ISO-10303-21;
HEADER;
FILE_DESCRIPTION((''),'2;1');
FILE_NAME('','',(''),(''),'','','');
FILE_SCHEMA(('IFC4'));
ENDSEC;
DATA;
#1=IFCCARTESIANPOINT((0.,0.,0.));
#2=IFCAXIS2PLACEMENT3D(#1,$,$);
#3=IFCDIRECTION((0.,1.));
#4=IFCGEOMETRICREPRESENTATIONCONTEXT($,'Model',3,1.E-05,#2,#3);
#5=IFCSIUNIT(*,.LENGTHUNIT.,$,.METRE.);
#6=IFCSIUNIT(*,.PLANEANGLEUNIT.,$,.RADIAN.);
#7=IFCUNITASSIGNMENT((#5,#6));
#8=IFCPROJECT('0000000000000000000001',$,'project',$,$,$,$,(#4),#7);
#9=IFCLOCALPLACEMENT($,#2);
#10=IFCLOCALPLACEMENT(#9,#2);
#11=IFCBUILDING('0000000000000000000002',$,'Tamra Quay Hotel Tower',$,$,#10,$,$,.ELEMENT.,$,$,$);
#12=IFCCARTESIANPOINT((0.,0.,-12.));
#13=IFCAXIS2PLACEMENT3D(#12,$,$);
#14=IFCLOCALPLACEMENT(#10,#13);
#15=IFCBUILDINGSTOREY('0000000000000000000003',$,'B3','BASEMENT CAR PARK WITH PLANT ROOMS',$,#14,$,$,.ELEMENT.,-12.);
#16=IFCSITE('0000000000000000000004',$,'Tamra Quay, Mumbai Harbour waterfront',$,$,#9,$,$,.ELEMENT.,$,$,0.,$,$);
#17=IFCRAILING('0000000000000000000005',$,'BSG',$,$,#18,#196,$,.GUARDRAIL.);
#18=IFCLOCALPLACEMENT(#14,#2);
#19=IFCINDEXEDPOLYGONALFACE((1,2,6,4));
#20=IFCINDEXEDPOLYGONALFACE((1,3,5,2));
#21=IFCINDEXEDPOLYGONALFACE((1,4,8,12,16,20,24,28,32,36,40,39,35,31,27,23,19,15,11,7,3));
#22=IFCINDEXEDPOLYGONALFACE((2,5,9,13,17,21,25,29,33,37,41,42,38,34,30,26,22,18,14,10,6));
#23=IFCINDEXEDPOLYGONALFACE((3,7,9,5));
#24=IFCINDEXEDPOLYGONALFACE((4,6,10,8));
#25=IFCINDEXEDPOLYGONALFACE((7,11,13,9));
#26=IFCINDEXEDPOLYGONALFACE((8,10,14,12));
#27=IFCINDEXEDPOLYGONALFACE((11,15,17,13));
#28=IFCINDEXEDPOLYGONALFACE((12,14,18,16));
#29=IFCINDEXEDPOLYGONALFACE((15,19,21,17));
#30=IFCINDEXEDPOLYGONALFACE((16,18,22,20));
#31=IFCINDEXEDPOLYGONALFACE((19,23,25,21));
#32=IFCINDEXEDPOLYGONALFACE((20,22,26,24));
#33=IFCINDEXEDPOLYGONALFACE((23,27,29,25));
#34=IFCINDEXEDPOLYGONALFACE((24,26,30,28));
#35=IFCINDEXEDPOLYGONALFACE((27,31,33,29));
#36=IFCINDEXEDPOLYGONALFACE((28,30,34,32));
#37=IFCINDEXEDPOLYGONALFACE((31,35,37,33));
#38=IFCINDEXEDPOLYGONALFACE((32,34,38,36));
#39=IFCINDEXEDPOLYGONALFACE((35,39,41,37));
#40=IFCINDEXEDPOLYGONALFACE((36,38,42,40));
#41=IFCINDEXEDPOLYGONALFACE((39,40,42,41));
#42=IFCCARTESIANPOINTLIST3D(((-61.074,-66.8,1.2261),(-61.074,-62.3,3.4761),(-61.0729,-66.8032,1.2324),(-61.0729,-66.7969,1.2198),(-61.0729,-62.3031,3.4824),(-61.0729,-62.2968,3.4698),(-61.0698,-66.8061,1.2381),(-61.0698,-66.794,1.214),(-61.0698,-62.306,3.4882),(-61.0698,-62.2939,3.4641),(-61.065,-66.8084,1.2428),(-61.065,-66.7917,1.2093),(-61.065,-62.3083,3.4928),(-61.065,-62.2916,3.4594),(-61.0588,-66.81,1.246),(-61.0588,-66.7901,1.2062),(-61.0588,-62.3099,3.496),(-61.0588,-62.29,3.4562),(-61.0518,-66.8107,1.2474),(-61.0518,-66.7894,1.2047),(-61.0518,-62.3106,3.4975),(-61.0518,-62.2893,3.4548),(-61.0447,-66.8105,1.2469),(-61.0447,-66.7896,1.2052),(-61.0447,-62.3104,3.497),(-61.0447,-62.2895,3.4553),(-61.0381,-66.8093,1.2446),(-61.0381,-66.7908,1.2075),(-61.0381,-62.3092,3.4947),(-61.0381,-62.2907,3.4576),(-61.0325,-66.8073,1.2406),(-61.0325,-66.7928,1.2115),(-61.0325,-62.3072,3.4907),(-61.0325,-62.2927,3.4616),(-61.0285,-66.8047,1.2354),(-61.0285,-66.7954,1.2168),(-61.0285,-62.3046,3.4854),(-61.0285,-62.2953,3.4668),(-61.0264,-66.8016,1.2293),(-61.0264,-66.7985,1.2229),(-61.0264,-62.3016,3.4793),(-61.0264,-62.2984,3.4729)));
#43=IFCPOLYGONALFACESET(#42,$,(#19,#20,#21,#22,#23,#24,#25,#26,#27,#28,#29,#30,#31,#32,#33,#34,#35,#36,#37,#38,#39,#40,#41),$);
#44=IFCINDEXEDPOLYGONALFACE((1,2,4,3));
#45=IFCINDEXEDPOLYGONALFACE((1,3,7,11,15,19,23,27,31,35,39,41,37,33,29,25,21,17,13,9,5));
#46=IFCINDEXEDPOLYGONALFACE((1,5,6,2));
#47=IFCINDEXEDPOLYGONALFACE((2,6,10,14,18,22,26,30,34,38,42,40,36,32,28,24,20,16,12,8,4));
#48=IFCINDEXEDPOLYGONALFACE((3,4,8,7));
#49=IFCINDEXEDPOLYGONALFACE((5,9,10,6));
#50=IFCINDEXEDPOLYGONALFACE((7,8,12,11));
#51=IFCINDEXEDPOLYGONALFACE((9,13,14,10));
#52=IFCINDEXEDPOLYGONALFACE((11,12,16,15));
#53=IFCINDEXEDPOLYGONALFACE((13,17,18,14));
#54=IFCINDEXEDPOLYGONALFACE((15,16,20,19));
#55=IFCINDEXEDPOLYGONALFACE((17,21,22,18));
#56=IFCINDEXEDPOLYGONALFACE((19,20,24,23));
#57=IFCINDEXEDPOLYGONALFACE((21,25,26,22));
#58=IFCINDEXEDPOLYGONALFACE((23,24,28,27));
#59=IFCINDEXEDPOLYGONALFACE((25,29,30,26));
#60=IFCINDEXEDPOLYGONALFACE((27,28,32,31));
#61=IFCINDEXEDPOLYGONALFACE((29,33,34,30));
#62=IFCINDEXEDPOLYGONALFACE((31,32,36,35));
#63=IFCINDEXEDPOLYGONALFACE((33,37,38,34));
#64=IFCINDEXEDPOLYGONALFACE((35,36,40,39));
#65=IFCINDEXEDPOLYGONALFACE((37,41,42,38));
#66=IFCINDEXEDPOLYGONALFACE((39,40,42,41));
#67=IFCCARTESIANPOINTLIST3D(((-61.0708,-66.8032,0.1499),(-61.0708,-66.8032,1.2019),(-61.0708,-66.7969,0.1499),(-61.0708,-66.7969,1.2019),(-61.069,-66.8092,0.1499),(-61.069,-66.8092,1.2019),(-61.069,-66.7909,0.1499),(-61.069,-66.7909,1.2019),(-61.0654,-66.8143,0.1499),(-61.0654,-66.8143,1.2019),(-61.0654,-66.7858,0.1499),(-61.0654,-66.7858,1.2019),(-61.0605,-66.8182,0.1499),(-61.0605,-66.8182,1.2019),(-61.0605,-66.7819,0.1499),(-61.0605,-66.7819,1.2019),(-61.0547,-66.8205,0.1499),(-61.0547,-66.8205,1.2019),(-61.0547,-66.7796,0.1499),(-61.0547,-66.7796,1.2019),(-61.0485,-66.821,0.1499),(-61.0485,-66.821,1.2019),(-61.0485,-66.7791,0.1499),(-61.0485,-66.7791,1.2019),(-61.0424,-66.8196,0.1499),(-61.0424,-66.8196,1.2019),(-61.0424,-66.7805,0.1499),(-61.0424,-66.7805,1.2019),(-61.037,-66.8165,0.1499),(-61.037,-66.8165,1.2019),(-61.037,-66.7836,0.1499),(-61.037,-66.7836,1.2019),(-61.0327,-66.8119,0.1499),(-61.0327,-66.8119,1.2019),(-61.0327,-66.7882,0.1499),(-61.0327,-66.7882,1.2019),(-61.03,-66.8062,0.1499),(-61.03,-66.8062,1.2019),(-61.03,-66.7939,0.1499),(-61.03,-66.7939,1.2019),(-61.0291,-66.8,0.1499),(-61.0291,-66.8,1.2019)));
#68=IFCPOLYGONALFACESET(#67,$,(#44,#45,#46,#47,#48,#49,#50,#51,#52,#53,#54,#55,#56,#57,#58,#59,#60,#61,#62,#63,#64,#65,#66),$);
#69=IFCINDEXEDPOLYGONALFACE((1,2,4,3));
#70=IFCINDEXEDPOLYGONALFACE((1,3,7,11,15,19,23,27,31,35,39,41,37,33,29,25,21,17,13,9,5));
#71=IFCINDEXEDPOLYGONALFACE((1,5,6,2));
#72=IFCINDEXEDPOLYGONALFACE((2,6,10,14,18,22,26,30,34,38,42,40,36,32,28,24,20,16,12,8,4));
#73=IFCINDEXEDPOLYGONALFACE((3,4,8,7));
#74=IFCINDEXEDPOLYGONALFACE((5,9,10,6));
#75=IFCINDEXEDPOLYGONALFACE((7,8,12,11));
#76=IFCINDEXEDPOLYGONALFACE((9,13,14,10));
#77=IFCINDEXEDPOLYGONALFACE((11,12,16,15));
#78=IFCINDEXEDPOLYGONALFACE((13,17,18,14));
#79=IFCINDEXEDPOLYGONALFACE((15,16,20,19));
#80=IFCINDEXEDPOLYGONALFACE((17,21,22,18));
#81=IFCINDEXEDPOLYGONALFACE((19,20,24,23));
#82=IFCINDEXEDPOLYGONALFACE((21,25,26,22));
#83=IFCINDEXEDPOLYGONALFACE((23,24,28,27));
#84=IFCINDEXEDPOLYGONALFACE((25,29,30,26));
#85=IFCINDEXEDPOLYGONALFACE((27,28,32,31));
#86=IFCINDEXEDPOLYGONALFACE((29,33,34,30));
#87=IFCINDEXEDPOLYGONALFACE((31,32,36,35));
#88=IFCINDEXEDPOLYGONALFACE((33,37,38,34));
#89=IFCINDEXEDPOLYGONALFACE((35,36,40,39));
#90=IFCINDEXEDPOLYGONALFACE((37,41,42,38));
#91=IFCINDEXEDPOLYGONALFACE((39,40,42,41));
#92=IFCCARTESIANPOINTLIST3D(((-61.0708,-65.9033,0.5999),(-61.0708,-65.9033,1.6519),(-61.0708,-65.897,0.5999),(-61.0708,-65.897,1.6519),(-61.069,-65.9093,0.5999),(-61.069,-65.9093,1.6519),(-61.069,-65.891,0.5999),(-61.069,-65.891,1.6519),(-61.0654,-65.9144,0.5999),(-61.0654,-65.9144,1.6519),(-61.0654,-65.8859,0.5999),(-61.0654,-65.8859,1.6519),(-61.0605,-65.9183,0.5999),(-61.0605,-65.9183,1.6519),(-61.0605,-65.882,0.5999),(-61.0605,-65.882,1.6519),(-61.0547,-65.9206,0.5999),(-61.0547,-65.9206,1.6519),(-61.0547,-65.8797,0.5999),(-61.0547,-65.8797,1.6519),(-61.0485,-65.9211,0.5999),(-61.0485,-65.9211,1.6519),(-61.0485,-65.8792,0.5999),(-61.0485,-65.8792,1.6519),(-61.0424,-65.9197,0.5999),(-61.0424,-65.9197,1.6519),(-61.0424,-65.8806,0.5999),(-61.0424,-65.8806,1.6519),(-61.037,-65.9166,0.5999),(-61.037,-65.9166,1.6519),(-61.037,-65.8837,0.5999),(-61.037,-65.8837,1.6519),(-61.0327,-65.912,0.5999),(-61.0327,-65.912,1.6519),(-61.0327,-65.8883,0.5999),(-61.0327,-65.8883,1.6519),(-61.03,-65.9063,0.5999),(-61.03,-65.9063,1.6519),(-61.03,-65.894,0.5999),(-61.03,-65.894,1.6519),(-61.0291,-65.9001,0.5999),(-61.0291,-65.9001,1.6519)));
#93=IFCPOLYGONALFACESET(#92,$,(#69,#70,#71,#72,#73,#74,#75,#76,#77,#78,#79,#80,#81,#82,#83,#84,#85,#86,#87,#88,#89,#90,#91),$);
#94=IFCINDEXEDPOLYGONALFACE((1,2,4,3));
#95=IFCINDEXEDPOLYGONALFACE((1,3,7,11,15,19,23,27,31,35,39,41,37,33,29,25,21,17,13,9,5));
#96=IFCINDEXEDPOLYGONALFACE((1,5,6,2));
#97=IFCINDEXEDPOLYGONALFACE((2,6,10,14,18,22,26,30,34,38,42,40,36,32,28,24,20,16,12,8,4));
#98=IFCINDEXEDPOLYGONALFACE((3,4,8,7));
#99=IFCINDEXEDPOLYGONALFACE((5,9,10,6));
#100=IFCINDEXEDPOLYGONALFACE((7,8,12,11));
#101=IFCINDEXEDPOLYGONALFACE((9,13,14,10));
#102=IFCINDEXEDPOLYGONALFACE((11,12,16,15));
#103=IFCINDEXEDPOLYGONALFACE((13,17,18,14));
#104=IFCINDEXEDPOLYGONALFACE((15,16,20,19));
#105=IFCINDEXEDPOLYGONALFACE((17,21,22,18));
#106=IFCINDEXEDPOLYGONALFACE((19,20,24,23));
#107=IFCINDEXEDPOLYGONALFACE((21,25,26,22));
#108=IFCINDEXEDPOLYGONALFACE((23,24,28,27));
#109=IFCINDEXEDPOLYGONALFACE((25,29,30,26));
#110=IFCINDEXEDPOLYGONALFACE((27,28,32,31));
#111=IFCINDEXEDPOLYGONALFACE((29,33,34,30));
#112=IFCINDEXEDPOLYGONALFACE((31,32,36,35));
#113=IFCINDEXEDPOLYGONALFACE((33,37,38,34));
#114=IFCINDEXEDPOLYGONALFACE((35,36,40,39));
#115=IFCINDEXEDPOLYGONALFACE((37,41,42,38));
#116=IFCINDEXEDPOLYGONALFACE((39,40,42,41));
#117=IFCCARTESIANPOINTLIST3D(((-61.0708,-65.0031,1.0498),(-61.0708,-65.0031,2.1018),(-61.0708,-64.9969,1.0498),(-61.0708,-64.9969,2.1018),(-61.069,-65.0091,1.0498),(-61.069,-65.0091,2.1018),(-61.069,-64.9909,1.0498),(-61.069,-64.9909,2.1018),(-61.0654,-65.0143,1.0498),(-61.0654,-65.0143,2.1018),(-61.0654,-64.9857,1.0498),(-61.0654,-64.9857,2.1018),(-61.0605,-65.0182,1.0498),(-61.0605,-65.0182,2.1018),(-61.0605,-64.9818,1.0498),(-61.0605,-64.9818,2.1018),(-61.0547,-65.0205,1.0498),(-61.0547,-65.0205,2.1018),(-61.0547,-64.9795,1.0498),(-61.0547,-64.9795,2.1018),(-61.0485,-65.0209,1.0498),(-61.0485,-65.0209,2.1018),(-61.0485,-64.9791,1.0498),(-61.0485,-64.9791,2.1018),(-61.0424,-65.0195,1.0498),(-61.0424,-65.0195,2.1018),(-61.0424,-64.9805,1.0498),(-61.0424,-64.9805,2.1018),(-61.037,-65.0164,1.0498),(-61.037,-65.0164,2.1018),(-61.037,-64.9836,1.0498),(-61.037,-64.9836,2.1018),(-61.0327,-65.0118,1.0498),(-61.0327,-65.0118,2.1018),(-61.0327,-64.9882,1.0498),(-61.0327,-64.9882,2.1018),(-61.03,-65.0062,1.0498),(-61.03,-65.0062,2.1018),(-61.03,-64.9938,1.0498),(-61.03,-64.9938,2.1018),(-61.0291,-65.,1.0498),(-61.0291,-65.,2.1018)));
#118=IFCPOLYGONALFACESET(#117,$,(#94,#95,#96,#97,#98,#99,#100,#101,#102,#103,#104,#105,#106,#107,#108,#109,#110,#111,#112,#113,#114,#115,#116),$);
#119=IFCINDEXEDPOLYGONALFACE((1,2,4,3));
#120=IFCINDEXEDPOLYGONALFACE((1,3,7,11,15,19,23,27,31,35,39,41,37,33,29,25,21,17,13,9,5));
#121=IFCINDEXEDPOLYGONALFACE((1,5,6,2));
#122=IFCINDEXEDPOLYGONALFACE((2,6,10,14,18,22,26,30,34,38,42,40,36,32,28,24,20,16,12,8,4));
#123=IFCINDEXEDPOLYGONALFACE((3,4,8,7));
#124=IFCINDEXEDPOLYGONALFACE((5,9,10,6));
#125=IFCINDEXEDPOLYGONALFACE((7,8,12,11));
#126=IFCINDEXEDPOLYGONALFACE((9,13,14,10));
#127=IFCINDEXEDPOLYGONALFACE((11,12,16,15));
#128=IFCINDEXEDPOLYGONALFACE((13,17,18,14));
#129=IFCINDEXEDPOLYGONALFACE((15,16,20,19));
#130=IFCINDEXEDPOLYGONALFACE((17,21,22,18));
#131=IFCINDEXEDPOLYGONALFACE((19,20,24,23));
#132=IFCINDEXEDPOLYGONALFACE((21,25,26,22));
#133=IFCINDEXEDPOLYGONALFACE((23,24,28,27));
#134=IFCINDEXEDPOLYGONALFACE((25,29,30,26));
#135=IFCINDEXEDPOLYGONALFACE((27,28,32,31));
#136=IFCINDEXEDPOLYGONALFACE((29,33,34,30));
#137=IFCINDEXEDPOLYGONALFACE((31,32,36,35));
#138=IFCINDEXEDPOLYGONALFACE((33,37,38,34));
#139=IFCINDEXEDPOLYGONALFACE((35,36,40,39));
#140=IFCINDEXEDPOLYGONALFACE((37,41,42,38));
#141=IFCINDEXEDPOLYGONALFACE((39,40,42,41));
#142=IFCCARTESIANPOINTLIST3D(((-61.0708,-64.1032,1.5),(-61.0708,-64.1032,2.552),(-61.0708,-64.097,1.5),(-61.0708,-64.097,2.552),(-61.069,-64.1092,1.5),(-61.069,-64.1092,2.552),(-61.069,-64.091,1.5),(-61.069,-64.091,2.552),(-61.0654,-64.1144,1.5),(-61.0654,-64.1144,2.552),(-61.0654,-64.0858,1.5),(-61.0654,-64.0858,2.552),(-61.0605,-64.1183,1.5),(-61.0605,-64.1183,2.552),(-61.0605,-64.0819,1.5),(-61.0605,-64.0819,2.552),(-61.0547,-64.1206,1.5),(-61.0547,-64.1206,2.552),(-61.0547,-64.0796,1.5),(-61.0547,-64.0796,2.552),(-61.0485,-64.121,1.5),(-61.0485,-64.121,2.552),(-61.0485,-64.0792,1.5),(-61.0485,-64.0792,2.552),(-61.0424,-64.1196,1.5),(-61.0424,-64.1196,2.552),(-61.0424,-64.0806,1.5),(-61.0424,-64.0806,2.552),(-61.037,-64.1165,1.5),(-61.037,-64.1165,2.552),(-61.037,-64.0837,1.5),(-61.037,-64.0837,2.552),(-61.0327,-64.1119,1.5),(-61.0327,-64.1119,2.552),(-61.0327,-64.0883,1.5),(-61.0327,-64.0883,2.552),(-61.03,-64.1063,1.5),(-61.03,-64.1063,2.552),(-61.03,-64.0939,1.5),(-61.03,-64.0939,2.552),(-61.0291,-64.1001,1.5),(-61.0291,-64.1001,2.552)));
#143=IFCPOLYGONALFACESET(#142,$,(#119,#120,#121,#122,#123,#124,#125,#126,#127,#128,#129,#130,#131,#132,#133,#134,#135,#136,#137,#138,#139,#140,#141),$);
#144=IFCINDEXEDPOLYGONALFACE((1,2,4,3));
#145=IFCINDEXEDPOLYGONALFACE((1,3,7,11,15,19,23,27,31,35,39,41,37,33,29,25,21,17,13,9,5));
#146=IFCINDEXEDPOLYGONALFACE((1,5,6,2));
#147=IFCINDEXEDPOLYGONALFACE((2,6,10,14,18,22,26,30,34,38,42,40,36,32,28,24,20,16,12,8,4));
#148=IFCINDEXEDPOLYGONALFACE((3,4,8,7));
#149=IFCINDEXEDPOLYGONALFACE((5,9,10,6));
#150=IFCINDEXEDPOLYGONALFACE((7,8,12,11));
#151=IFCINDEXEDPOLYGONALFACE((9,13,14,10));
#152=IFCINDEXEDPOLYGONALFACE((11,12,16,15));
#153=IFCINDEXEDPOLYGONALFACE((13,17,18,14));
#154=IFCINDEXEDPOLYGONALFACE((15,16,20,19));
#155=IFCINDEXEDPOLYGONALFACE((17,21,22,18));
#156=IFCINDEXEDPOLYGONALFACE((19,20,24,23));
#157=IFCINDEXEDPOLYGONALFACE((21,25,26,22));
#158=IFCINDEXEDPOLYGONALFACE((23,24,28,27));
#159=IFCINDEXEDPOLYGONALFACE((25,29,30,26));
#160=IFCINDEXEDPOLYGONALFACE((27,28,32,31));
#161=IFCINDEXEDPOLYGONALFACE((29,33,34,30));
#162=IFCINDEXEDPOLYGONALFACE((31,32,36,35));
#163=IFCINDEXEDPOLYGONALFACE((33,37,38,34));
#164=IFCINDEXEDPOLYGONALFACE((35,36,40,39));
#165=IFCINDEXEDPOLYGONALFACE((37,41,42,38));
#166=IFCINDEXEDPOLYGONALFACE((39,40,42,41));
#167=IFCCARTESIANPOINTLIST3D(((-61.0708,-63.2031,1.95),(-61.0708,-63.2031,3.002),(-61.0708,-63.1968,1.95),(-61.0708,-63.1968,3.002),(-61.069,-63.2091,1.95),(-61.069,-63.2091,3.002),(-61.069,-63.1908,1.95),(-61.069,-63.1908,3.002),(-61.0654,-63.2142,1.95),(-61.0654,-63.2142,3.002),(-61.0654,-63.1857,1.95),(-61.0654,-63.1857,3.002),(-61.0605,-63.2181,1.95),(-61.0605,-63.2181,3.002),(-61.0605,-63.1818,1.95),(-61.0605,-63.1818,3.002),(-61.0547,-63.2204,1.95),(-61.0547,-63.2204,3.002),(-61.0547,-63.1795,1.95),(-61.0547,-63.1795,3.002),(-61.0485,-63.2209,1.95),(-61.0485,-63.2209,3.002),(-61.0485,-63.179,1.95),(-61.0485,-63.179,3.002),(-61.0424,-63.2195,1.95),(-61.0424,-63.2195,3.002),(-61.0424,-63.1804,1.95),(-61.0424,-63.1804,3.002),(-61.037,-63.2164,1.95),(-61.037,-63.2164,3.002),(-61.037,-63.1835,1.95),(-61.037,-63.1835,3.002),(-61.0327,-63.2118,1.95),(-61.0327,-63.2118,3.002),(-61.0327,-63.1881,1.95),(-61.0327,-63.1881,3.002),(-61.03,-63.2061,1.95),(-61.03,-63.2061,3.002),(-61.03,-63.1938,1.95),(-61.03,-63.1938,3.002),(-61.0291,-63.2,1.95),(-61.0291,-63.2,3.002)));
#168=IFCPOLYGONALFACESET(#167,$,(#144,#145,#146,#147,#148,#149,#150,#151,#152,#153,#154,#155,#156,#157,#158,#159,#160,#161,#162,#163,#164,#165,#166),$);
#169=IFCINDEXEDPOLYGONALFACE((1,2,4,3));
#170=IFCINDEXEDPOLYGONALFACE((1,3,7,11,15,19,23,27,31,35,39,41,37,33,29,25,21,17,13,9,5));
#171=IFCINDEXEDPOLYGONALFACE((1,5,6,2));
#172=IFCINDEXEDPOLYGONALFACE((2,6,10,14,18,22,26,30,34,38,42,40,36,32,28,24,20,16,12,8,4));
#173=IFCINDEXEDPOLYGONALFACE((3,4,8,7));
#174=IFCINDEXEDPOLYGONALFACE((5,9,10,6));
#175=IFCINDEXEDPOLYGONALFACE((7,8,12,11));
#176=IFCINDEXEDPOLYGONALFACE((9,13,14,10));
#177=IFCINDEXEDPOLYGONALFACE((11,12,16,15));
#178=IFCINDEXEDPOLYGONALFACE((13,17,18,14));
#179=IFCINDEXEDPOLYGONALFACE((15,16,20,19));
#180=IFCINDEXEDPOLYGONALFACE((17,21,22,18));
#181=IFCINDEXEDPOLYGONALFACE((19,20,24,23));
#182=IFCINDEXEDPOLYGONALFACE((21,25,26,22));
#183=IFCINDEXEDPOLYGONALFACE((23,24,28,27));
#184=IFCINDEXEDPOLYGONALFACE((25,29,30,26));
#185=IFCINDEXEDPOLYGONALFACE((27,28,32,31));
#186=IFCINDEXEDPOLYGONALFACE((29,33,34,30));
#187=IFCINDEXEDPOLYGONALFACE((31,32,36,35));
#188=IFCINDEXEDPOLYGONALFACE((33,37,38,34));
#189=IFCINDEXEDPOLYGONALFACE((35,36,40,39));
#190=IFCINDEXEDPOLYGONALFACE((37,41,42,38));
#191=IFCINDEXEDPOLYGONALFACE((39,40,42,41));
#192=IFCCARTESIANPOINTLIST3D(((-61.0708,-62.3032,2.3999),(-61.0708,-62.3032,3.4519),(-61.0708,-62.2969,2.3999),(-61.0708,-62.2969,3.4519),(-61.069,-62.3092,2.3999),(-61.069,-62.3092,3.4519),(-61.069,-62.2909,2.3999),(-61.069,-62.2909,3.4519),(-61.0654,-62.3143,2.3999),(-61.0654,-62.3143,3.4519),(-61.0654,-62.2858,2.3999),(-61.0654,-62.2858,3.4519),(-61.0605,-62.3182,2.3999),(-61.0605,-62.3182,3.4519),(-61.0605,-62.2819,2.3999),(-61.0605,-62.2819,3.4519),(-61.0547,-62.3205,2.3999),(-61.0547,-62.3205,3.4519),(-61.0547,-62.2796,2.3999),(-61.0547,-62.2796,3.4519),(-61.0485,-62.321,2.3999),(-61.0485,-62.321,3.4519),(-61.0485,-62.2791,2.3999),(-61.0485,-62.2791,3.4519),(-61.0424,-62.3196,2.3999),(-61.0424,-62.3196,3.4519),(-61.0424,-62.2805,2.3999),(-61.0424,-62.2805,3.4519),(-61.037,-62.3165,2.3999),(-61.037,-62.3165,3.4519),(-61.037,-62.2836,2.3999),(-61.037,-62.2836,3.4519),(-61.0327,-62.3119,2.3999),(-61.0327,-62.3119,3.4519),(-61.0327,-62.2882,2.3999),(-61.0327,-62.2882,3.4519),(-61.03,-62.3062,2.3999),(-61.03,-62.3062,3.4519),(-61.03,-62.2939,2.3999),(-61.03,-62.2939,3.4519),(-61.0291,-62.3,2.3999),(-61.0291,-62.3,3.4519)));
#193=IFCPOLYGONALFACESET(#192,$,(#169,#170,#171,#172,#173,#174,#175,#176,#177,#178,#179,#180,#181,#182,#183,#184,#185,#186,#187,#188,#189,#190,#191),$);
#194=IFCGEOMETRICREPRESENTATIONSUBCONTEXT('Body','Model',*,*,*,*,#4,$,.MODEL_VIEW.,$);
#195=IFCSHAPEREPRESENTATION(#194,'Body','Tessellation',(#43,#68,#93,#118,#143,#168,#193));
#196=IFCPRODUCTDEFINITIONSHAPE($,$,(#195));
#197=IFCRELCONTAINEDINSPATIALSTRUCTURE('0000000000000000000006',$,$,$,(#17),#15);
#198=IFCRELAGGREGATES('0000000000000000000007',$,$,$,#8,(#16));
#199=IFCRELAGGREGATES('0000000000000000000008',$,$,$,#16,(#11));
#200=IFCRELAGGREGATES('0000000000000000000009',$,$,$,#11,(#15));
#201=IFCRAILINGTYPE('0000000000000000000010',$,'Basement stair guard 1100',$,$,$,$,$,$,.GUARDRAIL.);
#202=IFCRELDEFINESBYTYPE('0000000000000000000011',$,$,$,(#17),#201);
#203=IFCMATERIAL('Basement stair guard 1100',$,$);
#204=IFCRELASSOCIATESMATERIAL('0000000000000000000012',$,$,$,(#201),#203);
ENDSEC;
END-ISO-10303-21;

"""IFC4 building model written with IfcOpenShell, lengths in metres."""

from ifc_helpers import new_model, si_unit, direction, frame, origin, origin_2d, place, context, subcontext, project, spatial, circle, extrude, material, type_object, element, save


model = new_model("IFC4")

# Units and contexts
model_context = context("Model", 3, precision=1e-05, world=origin(), true_north=direction((0.0, 1.0)))
body_context = subcontext(model_context, "Body", "Model", "MODEL_VIEW")
ifc_project = project(units=[si_unit("LENGTHUNIT", "METRE"), si_unit("PLANEANGLEUNIT", "RADIAN")], contexts=[model_context])

# Site, building, storey
site_placement = place(None, origin())
site = spatial("IfcSite", under=ifc_project, at=site_placement, Name="Tamra Quay, Mumbai Harbour waterfront", CompositionType="ELEMENT", RefElevation=0.0)
building_placement = place(site_placement, origin())
building = spatial("IfcBuilding", under=site, at=building_placement, Name="Tamra Quay Hotel Tower", CompositionType="ELEMENT")
storey_placement = place(building_placement, frame((0.0, 0.0, -12.0)))
storey = spatial("IfcBuildingStorey", under=building, at=storey_placement, Name="B3", Description="BASEMENT CAR PARK WITH PLANT ROOMS", CompositionType="ELEMENT", Elevation=-12.0)

# Railing
ifc_material_1 = material(Name="Basement stair guard 1100")
railing_type = type_object("IfcRailingType", Name="Basement stair guard 1100", PredefinedType="GUARDRAIL", material=ifc_material_1)
railing_1_placement = place(storey_placement, frame((-61.05, -66.8, 0.1499)))
element("IfcRailing", 1, at=railing_1_placement, inside=storey, type_object=railing_type, Name="BSG", PredefinedType="GUARDRAIL", context=body_context, shape_type="SweptSolid", body=[
    extrude(circle(Radius=0.0239, at=origin_2d()), frame((0.0, 0.0, 1.0762), z_axis=(0.0, 0.894427, 0.447214), x_axis=(-1.0, 0.0, 0.0)), (0.0, 0.0, 1.0), 5.0312),
    extrude(circle(Radius=0.021, at=origin_2d()), origin(), (0.0, 0.0, 1.0), 1.052),
    extrude(circle(Radius=0.021, at=origin_2d()), frame((0.0, 0.8999, 0.45)), (0.0, 0.0, 1.0), 1.052),
    extrude(circle(Radius=0.021, at=origin_2d()), frame((0.0, 1.8, 0.8999)), (0.0, 0.0, 1.0), 1.052),
    extrude(circle(Radius=0.021, at=origin_2d()), frame((0.0, 2.7, 1.3501)), (0.0, 0.0, 1.0), 1.052),
    extrude(circle(Radius=0.021, at=origin_2d()), frame((0.0, 3.6001, 1.8)), (0.0, 0.0, 1.0), 1.052),
    extrude(circle(Radius=0.021, at=origin_2d()), frame((0.0, 4.5, 2.25)), (0.0, 0.0, 1.0), 1.052),
])

save(model, "model.ifc")
